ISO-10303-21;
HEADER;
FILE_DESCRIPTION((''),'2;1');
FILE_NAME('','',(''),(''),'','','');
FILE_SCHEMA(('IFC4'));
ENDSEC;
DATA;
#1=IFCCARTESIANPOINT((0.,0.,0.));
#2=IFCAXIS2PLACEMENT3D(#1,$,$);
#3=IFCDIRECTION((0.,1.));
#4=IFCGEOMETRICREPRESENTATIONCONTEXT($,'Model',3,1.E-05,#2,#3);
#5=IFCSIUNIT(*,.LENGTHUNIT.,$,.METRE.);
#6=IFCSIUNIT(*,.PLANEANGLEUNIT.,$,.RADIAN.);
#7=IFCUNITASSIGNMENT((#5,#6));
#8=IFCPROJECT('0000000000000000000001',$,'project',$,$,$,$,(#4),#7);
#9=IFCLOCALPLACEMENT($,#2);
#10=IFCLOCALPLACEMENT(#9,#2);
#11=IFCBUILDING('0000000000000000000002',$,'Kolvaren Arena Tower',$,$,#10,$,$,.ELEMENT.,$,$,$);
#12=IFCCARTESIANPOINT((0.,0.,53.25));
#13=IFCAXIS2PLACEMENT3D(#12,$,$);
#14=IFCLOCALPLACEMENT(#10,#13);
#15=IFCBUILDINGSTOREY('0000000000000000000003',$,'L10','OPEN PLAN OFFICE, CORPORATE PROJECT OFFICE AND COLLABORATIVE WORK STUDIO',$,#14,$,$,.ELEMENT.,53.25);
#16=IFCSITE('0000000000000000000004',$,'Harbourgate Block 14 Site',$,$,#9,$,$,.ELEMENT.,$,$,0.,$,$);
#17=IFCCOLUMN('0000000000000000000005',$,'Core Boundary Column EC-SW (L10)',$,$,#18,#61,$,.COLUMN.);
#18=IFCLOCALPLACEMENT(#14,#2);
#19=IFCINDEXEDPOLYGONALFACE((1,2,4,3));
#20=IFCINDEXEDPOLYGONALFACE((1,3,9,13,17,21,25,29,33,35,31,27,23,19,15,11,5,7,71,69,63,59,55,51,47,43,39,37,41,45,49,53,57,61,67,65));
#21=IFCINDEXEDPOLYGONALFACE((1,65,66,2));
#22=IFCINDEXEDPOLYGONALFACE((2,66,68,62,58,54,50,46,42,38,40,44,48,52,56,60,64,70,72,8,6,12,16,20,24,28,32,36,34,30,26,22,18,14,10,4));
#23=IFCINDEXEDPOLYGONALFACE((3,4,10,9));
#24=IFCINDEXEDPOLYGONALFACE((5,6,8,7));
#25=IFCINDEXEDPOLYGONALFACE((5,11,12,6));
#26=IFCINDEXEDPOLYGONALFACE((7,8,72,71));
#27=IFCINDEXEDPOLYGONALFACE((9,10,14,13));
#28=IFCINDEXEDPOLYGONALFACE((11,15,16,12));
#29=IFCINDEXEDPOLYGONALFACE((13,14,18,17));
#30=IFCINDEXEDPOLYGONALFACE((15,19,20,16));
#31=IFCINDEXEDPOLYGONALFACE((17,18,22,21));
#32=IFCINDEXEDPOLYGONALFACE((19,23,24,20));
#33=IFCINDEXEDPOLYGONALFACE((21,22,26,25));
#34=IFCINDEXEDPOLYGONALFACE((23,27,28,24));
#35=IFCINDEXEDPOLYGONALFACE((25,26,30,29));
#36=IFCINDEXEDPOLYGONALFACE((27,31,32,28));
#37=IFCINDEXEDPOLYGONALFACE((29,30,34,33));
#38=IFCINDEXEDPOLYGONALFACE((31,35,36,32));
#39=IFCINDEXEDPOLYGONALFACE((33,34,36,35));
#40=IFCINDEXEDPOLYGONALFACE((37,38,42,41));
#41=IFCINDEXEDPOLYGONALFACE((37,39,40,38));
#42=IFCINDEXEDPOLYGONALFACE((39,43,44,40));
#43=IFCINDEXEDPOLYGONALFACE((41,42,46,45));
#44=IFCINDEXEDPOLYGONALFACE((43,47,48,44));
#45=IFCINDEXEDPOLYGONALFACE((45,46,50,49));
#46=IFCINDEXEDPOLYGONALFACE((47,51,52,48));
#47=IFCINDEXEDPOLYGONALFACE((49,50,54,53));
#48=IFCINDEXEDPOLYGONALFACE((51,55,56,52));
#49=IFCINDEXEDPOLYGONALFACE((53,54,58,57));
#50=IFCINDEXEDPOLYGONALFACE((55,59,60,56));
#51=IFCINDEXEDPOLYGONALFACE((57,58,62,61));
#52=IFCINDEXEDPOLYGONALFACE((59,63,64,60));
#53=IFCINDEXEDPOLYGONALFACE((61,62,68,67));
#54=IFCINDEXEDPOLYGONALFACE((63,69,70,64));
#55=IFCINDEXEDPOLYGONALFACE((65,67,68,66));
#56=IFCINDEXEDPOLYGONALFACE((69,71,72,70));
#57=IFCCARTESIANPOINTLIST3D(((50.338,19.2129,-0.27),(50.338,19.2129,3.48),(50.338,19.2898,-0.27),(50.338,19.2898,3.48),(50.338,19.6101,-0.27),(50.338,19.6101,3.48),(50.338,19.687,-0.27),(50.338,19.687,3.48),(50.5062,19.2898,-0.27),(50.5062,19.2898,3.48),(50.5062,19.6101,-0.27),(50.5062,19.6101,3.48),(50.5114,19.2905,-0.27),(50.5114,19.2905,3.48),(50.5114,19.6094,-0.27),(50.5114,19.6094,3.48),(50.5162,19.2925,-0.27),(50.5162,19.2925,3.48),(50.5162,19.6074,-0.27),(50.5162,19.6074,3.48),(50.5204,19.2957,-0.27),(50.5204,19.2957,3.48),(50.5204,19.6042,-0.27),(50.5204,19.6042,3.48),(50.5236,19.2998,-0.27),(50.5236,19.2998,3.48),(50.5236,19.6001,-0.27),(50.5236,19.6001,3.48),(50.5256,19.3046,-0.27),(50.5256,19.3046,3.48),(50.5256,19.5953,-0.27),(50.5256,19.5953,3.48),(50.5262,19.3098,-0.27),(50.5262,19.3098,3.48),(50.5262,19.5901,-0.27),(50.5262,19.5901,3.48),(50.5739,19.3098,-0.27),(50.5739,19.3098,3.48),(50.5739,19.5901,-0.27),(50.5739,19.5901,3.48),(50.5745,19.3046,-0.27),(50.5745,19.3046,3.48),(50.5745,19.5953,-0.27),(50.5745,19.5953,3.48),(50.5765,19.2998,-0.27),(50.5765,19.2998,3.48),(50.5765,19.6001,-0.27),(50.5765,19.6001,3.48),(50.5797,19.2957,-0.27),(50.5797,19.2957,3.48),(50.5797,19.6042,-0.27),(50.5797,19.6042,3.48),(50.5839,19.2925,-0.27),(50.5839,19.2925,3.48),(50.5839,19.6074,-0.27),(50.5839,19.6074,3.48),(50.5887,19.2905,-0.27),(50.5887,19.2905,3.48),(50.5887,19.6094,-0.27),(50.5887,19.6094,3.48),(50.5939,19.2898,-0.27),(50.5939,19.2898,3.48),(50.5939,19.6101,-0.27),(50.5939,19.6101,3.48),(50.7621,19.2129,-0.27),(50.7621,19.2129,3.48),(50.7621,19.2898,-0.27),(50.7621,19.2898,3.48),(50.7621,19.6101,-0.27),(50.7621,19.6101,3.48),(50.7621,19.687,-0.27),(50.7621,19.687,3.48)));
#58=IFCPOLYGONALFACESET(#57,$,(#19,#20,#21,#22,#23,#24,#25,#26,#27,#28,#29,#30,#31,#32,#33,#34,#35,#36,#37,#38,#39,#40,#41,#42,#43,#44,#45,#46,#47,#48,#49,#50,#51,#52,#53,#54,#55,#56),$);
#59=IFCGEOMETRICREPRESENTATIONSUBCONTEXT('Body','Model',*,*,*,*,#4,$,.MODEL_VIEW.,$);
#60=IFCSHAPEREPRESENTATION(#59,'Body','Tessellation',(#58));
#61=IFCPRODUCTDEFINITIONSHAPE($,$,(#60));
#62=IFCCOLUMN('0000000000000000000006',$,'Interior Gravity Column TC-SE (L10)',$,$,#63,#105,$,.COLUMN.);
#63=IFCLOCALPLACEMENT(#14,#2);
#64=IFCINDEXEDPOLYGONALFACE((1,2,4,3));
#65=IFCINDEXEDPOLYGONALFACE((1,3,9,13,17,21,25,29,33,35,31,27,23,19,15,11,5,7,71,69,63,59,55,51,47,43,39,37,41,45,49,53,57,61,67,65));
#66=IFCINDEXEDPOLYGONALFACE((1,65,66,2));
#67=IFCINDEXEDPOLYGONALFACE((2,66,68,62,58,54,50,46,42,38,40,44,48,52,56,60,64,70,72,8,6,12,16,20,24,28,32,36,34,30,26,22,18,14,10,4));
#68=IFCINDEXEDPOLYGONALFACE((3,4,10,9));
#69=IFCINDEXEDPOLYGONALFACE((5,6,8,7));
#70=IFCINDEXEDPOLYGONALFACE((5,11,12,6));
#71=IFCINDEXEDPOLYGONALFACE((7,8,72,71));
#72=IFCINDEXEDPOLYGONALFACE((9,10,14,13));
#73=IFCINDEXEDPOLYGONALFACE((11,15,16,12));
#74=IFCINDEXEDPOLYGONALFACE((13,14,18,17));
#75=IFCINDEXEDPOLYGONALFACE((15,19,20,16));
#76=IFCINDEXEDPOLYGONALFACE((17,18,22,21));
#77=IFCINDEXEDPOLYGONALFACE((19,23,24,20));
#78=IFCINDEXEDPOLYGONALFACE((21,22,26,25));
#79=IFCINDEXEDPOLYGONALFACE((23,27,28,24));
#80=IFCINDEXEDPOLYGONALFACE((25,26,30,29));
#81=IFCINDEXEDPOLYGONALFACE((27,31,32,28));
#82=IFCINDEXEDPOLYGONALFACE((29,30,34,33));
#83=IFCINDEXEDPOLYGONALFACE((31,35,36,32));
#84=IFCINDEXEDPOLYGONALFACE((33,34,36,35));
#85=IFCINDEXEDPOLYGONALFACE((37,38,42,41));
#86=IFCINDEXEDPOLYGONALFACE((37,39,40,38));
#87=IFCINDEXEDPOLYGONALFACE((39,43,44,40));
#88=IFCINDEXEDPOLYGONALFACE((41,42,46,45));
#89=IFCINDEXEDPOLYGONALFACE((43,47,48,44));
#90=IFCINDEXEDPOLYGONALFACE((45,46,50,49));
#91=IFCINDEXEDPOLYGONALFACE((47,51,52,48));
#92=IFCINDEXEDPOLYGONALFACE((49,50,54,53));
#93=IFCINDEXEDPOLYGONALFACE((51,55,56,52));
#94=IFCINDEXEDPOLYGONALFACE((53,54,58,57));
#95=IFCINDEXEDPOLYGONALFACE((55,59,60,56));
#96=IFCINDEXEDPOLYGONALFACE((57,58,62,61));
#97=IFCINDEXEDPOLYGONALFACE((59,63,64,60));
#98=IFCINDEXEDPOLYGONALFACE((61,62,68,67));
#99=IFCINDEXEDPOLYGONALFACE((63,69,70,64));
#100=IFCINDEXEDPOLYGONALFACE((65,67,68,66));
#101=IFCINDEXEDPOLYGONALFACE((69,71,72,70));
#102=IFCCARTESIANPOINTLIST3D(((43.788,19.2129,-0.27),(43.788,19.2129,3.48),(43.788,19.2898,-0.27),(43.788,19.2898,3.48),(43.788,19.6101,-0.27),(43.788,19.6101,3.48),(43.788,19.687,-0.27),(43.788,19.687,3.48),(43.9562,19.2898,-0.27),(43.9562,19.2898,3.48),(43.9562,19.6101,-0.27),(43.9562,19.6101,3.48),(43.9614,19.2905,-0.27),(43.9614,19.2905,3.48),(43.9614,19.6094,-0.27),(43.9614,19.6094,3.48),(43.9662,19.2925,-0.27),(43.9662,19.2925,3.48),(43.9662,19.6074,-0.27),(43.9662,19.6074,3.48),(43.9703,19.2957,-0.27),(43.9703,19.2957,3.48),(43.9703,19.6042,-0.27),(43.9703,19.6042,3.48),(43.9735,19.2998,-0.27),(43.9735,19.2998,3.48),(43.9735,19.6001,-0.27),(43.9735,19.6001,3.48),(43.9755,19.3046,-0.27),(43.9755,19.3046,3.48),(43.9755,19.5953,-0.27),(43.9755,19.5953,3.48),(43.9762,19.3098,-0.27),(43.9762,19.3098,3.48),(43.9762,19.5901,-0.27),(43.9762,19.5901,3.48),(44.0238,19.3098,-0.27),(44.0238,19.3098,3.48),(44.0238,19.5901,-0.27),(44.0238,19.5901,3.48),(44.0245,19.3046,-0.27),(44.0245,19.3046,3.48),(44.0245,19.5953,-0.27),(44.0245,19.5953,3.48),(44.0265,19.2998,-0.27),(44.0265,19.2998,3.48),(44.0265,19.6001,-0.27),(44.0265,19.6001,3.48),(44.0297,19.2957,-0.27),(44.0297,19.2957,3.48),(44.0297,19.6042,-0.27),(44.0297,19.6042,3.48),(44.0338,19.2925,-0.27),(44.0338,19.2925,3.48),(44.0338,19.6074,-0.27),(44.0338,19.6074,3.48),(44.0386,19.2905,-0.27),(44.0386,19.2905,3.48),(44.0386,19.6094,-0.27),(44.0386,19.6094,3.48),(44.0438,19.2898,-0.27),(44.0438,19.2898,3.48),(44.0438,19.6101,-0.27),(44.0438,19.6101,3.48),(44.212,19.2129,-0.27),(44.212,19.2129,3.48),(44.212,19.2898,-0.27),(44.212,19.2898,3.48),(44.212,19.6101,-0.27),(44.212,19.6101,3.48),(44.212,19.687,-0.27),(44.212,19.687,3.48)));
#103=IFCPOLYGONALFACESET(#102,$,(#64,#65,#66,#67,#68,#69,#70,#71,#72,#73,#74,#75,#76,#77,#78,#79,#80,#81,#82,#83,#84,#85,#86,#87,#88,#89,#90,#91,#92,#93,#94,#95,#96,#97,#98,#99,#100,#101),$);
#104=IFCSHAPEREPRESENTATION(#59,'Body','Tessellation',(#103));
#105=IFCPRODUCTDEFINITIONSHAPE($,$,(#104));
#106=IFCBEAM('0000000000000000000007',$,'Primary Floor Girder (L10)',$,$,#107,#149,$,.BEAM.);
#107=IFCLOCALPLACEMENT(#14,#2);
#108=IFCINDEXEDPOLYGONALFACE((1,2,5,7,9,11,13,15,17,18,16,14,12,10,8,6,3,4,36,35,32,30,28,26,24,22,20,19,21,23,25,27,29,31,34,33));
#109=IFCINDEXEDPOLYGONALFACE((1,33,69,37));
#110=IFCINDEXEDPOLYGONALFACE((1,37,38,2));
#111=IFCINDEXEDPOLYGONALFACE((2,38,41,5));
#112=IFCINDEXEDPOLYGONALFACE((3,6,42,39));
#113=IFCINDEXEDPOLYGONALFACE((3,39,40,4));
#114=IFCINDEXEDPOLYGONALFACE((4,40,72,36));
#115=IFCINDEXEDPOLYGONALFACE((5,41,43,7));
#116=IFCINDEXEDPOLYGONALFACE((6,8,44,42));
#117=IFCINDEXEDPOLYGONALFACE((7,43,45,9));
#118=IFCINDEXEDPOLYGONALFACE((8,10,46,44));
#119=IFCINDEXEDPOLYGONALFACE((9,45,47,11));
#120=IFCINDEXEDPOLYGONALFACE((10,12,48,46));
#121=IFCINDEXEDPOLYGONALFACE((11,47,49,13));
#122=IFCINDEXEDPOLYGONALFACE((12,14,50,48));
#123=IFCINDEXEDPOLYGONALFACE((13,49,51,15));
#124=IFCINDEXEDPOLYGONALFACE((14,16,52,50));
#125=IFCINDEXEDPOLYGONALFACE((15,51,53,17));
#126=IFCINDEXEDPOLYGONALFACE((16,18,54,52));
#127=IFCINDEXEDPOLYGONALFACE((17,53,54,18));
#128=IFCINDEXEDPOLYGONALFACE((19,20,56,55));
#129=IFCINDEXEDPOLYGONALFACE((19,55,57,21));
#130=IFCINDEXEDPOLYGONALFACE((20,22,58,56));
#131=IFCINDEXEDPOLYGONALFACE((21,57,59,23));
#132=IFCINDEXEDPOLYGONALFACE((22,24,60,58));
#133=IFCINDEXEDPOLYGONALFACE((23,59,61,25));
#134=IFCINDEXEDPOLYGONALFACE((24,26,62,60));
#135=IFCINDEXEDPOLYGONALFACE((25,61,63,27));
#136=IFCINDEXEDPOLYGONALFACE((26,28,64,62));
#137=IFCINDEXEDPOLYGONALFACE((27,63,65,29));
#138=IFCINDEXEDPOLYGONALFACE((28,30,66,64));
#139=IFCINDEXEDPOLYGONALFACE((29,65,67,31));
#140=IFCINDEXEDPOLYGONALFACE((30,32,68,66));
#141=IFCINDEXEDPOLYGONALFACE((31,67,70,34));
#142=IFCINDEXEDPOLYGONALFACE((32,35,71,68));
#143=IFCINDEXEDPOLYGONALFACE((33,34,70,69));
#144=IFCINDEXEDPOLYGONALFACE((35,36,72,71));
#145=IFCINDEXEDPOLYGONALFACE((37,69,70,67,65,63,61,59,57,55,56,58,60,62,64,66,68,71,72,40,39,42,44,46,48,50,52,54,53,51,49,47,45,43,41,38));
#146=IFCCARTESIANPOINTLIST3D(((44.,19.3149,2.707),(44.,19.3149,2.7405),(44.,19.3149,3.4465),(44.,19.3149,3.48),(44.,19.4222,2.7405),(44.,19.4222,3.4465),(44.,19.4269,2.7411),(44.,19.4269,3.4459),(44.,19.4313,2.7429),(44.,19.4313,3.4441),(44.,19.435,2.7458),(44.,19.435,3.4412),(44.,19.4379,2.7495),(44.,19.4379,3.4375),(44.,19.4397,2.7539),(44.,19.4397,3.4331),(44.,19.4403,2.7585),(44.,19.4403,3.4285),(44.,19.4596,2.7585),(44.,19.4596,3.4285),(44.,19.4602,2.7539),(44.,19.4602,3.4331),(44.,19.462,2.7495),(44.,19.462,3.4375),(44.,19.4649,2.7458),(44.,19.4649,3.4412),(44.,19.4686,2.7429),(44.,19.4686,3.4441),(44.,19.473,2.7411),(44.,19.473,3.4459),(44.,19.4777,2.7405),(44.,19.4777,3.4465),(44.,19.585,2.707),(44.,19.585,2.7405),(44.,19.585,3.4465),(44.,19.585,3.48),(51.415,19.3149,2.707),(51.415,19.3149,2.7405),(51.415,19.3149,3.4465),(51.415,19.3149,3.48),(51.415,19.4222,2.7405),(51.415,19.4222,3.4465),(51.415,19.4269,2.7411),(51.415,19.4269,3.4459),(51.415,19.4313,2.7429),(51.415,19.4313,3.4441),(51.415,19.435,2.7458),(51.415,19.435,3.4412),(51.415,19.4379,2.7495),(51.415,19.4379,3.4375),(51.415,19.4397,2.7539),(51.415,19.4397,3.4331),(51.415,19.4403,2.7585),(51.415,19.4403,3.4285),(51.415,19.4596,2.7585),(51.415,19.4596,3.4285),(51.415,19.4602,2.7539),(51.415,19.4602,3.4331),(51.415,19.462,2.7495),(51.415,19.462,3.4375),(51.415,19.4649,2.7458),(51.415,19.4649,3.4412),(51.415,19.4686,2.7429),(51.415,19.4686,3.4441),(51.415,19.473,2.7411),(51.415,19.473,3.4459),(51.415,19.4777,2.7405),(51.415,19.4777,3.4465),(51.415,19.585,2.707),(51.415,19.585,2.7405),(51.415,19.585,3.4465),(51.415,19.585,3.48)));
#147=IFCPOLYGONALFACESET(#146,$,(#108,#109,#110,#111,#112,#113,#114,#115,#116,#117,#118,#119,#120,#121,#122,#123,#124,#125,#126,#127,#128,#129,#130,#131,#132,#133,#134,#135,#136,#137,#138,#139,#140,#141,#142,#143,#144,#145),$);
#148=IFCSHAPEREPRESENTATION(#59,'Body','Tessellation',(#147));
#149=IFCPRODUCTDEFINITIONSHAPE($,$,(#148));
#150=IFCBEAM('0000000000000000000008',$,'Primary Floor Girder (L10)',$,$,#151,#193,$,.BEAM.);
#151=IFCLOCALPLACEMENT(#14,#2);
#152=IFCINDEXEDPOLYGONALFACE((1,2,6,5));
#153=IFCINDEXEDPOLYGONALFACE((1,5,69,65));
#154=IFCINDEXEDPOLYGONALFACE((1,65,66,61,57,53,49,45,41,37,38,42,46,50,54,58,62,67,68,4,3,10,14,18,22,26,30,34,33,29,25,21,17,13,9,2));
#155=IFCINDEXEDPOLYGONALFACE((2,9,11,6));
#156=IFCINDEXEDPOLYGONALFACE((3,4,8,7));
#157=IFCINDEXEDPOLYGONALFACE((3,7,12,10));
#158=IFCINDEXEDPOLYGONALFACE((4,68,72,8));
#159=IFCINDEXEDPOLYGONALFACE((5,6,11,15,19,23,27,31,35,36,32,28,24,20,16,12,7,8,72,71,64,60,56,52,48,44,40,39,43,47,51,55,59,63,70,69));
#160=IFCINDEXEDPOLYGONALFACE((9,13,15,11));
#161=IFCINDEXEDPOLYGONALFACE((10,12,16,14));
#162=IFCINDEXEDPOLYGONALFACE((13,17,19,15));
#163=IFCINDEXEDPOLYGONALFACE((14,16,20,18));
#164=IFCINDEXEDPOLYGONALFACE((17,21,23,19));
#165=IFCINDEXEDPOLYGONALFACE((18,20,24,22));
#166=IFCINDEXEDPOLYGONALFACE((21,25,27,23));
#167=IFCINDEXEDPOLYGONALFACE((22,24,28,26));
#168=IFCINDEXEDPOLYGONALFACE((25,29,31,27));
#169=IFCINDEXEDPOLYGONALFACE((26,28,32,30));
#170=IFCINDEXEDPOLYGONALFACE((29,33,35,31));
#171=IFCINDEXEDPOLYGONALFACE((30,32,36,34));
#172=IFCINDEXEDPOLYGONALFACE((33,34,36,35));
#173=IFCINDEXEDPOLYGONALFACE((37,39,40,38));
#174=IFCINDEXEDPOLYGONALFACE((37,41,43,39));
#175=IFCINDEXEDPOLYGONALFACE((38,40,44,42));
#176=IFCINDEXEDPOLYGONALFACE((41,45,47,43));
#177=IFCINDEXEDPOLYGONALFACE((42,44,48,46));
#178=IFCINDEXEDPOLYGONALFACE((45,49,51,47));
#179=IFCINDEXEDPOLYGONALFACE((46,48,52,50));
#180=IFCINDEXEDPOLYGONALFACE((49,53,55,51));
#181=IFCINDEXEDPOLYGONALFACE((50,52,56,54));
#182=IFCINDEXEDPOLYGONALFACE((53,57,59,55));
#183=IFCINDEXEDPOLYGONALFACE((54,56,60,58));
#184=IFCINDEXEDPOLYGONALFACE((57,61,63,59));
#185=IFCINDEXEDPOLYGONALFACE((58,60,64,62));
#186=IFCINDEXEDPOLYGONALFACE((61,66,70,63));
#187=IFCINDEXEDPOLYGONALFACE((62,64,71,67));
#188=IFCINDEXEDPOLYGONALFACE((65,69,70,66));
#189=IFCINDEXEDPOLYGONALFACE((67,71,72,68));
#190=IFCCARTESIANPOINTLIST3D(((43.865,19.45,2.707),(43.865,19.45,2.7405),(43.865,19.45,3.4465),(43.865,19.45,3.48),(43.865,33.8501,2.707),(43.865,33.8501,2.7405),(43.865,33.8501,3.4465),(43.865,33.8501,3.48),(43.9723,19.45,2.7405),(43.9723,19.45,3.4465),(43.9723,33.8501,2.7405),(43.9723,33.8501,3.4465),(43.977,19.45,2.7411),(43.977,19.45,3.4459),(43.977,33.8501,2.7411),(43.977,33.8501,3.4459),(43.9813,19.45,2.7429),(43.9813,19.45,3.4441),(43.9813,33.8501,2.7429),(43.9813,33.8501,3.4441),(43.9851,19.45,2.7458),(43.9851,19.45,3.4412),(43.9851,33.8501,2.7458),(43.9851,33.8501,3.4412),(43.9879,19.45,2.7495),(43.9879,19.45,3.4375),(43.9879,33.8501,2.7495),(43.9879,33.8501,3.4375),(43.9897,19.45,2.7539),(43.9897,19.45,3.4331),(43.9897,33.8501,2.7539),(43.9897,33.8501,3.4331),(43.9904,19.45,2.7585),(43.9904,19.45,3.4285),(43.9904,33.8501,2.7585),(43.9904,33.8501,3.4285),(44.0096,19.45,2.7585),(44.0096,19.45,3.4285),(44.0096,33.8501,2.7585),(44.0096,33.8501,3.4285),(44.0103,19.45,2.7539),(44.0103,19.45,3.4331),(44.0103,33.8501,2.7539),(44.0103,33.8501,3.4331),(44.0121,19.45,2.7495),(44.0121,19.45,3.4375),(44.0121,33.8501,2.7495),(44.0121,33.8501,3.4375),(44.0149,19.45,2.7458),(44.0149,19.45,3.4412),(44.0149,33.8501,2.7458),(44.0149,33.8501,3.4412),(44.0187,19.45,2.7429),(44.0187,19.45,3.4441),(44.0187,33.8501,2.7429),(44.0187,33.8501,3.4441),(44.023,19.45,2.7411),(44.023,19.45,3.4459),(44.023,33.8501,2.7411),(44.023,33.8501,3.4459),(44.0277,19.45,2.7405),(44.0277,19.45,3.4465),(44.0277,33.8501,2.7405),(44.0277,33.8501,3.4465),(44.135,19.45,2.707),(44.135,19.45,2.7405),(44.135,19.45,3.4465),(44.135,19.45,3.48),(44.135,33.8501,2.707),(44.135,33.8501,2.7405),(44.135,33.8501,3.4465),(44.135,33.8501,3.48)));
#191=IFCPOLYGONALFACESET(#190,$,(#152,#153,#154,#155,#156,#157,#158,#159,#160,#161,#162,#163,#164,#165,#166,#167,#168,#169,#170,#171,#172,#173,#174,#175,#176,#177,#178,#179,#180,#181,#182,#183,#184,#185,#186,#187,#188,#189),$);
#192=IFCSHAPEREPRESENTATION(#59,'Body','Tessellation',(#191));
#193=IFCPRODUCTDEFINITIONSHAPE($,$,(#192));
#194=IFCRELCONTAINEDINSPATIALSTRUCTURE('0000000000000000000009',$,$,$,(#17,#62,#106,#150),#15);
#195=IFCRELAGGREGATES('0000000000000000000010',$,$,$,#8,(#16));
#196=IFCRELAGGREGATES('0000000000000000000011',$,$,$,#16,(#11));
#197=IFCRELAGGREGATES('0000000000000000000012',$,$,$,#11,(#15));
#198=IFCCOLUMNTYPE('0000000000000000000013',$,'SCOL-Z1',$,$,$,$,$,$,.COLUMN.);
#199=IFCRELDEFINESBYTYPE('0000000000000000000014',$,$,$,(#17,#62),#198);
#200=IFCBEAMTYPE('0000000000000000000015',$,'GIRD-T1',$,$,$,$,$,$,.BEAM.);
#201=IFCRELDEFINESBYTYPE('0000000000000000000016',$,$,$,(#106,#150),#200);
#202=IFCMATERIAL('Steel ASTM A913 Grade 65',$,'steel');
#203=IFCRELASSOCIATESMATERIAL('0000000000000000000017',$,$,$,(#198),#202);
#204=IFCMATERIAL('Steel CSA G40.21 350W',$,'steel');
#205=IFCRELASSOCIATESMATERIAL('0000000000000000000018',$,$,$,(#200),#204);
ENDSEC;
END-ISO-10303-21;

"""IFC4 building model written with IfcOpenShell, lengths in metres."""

from ifc_helpers import new_model, si_unit, direction, frame, origin, origin_2d, place, context, subcontext, project, spatial, i_section, extrude, material, material_profile, profile_set, type_object, element, save


model = new_model("IFC4")

# Units and contexts
model_context = context("Model", 3, precision=1e-05, world=origin(), true_north=direction((0.0, 1.0)))
body_context = subcontext(model_context, "Body", "Model", "MODEL_VIEW")
ifc_project = project(units=[si_unit("LENGTHUNIT", "METRE"), si_unit("PLANEANGLEUNIT", "RADIAN")], contexts=[model_context])

# Site, building, storey
site_placement = place(None, origin())
site = spatial("IfcSite", under=ifc_project, at=site_placement, Name="Harbourgate Block 14 Site", CompositionType="ELEMENT", RefElevation=0.0)
building_placement = place(site_placement, origin())
building = spatial("IfcBuilding", under=site, at=building_placement, Name="Kolvaren Arena Tower", CompositionType="ELEMENT")
storey_placement = place(building_placement, frame((0.0, 0.0, 53.25)))
storey = spatial("IfcBuildingStorey", under=building, at=storey_placement, Name="L10", Description="OPEN PLAN OFFICE, CORPORATE PROJECT OFFICE AND COLLABORATIVE WORK STUDIO", CompositionType="ELEMENT", Elevation=53.25)

# Columns
ifc_material_1 = material(Name="Steel ASTM A913 Grade 65", Category="steel")
ifc_material_profile_1 = material_profile(ifc_material_1, i_section(OverallWidth=0.4241, OverallDepth=0.4741, WebThickness=0.0476, FlangeThickness=0.0769, FilletRadius=0.02, at=origin_2d()), Name="W360x634")
ifc_profile_set_1 = profile_set([ifc_material_profile_1], Name="Steel ASTM A913 Grade 65")
column_type = type_object("IfcColumnType", Name="SCOL-Z1", PredefinedType="COLUMN", material=ifc_profile_set_1)
for number, where, z_axis, x_axis, name in (
    (1, (50.55, 19.45, -0.27), (0.0, 0.0, 1.0), (1.0, 0.0, 0.0), "Core Boundary Column EC-SW (L10)"),
    (2, (44.0, 19.45, -0.27), (0.0, 0.0, 1.0), (1.0, 0.0, 0.0), "Interior Gravity Column TC-SE (L10)"),
):
    element("IfcColumn", number, at=place(storey_placement, frame(where, z_axis=z_axis, x_axis=x_axis)), inside=storey, type_object=column_type, Name=name, PredefinedType="COLUMN", context=body_context, shape_type="SweptSolid", body=[
        extrude(i_section(OverallWidth=0.4241, OverallDepth=0.4741, WebThickness=0.0476, FlangeThickness=0.0769, FilletRadius=0.02, at=origin_2d()), origin(), (0.0, 0.0, 1.0), 3.75),
    ])

# Beams
ifc_material_2 = material(Name="Steel CSA G40.21 350W", Category="steel")
ifc_material_profile_2 = material_profile(ifc_material_2, i_section(OverallWidth=0.27, OverallDepth=0.7729, WebThickness=0.0193, FlangeThickness=0.0334, FilletRadius=0.0181, at=origin_2d()), Name="W760x257")
ifc_profile_set_2 = profile_set([ifc_material_profile_2], Name="Steel CSA G40.21 350W")
beam_type_1 = type_object("IfcBeamType", Name="GIRD-T1", PredefinedType="BEAM", material=ifc_profile_set_2)
beam_1_placement = place(storey_placement, frame((44.0, 19.45, 3.0935), z_axis=(1.0, 0.0, 0.0), x_axis=(0.0, 1.0, 0.0)))
element("IfcBeam", 3, at=beam_1_placement, inside=storey, type_object=beam_type_1, Name="Primary Floor Girder (L10)", PredefinedType="BEAM", context=body_context, shape_type="SweptSolid", body=[
    extrude(i_section(OverallWidth=0.27, OverallDepth=0.7729, WebThickness=0.0193, FlangeThickness=0.0334, FilletRadius=0.0181, at=origin_2d()), origin(), (0.0, 0.0, 1.0), 7.415),
])
beam_2_placement = place(storey_placement, frame((44.0, 19.45, 3.0935), z_axis=(0.0, 1.0, 0.0), x_axis=(-1.0, 0.0, 0.0)))
element("IfcBeam", 4, at=beam_2_placement, inside=storey, type_object=beam_type_1, Name="Primary Floor Girder (L10)", PredefinedType="BEAM", context=body_context, shape_type="SweptSolid", body=[
    extrude(i_section(OverallWidth=0.27, OverallDepth=0.7729, WebThickness=0.0193, FlangeThickness=0.0334, FilletRadius=0.0181, at=origin_2d()), origin(), (0.0, 0.0, 1.0), 14.4001),
])

save(model, "model.ifc")
